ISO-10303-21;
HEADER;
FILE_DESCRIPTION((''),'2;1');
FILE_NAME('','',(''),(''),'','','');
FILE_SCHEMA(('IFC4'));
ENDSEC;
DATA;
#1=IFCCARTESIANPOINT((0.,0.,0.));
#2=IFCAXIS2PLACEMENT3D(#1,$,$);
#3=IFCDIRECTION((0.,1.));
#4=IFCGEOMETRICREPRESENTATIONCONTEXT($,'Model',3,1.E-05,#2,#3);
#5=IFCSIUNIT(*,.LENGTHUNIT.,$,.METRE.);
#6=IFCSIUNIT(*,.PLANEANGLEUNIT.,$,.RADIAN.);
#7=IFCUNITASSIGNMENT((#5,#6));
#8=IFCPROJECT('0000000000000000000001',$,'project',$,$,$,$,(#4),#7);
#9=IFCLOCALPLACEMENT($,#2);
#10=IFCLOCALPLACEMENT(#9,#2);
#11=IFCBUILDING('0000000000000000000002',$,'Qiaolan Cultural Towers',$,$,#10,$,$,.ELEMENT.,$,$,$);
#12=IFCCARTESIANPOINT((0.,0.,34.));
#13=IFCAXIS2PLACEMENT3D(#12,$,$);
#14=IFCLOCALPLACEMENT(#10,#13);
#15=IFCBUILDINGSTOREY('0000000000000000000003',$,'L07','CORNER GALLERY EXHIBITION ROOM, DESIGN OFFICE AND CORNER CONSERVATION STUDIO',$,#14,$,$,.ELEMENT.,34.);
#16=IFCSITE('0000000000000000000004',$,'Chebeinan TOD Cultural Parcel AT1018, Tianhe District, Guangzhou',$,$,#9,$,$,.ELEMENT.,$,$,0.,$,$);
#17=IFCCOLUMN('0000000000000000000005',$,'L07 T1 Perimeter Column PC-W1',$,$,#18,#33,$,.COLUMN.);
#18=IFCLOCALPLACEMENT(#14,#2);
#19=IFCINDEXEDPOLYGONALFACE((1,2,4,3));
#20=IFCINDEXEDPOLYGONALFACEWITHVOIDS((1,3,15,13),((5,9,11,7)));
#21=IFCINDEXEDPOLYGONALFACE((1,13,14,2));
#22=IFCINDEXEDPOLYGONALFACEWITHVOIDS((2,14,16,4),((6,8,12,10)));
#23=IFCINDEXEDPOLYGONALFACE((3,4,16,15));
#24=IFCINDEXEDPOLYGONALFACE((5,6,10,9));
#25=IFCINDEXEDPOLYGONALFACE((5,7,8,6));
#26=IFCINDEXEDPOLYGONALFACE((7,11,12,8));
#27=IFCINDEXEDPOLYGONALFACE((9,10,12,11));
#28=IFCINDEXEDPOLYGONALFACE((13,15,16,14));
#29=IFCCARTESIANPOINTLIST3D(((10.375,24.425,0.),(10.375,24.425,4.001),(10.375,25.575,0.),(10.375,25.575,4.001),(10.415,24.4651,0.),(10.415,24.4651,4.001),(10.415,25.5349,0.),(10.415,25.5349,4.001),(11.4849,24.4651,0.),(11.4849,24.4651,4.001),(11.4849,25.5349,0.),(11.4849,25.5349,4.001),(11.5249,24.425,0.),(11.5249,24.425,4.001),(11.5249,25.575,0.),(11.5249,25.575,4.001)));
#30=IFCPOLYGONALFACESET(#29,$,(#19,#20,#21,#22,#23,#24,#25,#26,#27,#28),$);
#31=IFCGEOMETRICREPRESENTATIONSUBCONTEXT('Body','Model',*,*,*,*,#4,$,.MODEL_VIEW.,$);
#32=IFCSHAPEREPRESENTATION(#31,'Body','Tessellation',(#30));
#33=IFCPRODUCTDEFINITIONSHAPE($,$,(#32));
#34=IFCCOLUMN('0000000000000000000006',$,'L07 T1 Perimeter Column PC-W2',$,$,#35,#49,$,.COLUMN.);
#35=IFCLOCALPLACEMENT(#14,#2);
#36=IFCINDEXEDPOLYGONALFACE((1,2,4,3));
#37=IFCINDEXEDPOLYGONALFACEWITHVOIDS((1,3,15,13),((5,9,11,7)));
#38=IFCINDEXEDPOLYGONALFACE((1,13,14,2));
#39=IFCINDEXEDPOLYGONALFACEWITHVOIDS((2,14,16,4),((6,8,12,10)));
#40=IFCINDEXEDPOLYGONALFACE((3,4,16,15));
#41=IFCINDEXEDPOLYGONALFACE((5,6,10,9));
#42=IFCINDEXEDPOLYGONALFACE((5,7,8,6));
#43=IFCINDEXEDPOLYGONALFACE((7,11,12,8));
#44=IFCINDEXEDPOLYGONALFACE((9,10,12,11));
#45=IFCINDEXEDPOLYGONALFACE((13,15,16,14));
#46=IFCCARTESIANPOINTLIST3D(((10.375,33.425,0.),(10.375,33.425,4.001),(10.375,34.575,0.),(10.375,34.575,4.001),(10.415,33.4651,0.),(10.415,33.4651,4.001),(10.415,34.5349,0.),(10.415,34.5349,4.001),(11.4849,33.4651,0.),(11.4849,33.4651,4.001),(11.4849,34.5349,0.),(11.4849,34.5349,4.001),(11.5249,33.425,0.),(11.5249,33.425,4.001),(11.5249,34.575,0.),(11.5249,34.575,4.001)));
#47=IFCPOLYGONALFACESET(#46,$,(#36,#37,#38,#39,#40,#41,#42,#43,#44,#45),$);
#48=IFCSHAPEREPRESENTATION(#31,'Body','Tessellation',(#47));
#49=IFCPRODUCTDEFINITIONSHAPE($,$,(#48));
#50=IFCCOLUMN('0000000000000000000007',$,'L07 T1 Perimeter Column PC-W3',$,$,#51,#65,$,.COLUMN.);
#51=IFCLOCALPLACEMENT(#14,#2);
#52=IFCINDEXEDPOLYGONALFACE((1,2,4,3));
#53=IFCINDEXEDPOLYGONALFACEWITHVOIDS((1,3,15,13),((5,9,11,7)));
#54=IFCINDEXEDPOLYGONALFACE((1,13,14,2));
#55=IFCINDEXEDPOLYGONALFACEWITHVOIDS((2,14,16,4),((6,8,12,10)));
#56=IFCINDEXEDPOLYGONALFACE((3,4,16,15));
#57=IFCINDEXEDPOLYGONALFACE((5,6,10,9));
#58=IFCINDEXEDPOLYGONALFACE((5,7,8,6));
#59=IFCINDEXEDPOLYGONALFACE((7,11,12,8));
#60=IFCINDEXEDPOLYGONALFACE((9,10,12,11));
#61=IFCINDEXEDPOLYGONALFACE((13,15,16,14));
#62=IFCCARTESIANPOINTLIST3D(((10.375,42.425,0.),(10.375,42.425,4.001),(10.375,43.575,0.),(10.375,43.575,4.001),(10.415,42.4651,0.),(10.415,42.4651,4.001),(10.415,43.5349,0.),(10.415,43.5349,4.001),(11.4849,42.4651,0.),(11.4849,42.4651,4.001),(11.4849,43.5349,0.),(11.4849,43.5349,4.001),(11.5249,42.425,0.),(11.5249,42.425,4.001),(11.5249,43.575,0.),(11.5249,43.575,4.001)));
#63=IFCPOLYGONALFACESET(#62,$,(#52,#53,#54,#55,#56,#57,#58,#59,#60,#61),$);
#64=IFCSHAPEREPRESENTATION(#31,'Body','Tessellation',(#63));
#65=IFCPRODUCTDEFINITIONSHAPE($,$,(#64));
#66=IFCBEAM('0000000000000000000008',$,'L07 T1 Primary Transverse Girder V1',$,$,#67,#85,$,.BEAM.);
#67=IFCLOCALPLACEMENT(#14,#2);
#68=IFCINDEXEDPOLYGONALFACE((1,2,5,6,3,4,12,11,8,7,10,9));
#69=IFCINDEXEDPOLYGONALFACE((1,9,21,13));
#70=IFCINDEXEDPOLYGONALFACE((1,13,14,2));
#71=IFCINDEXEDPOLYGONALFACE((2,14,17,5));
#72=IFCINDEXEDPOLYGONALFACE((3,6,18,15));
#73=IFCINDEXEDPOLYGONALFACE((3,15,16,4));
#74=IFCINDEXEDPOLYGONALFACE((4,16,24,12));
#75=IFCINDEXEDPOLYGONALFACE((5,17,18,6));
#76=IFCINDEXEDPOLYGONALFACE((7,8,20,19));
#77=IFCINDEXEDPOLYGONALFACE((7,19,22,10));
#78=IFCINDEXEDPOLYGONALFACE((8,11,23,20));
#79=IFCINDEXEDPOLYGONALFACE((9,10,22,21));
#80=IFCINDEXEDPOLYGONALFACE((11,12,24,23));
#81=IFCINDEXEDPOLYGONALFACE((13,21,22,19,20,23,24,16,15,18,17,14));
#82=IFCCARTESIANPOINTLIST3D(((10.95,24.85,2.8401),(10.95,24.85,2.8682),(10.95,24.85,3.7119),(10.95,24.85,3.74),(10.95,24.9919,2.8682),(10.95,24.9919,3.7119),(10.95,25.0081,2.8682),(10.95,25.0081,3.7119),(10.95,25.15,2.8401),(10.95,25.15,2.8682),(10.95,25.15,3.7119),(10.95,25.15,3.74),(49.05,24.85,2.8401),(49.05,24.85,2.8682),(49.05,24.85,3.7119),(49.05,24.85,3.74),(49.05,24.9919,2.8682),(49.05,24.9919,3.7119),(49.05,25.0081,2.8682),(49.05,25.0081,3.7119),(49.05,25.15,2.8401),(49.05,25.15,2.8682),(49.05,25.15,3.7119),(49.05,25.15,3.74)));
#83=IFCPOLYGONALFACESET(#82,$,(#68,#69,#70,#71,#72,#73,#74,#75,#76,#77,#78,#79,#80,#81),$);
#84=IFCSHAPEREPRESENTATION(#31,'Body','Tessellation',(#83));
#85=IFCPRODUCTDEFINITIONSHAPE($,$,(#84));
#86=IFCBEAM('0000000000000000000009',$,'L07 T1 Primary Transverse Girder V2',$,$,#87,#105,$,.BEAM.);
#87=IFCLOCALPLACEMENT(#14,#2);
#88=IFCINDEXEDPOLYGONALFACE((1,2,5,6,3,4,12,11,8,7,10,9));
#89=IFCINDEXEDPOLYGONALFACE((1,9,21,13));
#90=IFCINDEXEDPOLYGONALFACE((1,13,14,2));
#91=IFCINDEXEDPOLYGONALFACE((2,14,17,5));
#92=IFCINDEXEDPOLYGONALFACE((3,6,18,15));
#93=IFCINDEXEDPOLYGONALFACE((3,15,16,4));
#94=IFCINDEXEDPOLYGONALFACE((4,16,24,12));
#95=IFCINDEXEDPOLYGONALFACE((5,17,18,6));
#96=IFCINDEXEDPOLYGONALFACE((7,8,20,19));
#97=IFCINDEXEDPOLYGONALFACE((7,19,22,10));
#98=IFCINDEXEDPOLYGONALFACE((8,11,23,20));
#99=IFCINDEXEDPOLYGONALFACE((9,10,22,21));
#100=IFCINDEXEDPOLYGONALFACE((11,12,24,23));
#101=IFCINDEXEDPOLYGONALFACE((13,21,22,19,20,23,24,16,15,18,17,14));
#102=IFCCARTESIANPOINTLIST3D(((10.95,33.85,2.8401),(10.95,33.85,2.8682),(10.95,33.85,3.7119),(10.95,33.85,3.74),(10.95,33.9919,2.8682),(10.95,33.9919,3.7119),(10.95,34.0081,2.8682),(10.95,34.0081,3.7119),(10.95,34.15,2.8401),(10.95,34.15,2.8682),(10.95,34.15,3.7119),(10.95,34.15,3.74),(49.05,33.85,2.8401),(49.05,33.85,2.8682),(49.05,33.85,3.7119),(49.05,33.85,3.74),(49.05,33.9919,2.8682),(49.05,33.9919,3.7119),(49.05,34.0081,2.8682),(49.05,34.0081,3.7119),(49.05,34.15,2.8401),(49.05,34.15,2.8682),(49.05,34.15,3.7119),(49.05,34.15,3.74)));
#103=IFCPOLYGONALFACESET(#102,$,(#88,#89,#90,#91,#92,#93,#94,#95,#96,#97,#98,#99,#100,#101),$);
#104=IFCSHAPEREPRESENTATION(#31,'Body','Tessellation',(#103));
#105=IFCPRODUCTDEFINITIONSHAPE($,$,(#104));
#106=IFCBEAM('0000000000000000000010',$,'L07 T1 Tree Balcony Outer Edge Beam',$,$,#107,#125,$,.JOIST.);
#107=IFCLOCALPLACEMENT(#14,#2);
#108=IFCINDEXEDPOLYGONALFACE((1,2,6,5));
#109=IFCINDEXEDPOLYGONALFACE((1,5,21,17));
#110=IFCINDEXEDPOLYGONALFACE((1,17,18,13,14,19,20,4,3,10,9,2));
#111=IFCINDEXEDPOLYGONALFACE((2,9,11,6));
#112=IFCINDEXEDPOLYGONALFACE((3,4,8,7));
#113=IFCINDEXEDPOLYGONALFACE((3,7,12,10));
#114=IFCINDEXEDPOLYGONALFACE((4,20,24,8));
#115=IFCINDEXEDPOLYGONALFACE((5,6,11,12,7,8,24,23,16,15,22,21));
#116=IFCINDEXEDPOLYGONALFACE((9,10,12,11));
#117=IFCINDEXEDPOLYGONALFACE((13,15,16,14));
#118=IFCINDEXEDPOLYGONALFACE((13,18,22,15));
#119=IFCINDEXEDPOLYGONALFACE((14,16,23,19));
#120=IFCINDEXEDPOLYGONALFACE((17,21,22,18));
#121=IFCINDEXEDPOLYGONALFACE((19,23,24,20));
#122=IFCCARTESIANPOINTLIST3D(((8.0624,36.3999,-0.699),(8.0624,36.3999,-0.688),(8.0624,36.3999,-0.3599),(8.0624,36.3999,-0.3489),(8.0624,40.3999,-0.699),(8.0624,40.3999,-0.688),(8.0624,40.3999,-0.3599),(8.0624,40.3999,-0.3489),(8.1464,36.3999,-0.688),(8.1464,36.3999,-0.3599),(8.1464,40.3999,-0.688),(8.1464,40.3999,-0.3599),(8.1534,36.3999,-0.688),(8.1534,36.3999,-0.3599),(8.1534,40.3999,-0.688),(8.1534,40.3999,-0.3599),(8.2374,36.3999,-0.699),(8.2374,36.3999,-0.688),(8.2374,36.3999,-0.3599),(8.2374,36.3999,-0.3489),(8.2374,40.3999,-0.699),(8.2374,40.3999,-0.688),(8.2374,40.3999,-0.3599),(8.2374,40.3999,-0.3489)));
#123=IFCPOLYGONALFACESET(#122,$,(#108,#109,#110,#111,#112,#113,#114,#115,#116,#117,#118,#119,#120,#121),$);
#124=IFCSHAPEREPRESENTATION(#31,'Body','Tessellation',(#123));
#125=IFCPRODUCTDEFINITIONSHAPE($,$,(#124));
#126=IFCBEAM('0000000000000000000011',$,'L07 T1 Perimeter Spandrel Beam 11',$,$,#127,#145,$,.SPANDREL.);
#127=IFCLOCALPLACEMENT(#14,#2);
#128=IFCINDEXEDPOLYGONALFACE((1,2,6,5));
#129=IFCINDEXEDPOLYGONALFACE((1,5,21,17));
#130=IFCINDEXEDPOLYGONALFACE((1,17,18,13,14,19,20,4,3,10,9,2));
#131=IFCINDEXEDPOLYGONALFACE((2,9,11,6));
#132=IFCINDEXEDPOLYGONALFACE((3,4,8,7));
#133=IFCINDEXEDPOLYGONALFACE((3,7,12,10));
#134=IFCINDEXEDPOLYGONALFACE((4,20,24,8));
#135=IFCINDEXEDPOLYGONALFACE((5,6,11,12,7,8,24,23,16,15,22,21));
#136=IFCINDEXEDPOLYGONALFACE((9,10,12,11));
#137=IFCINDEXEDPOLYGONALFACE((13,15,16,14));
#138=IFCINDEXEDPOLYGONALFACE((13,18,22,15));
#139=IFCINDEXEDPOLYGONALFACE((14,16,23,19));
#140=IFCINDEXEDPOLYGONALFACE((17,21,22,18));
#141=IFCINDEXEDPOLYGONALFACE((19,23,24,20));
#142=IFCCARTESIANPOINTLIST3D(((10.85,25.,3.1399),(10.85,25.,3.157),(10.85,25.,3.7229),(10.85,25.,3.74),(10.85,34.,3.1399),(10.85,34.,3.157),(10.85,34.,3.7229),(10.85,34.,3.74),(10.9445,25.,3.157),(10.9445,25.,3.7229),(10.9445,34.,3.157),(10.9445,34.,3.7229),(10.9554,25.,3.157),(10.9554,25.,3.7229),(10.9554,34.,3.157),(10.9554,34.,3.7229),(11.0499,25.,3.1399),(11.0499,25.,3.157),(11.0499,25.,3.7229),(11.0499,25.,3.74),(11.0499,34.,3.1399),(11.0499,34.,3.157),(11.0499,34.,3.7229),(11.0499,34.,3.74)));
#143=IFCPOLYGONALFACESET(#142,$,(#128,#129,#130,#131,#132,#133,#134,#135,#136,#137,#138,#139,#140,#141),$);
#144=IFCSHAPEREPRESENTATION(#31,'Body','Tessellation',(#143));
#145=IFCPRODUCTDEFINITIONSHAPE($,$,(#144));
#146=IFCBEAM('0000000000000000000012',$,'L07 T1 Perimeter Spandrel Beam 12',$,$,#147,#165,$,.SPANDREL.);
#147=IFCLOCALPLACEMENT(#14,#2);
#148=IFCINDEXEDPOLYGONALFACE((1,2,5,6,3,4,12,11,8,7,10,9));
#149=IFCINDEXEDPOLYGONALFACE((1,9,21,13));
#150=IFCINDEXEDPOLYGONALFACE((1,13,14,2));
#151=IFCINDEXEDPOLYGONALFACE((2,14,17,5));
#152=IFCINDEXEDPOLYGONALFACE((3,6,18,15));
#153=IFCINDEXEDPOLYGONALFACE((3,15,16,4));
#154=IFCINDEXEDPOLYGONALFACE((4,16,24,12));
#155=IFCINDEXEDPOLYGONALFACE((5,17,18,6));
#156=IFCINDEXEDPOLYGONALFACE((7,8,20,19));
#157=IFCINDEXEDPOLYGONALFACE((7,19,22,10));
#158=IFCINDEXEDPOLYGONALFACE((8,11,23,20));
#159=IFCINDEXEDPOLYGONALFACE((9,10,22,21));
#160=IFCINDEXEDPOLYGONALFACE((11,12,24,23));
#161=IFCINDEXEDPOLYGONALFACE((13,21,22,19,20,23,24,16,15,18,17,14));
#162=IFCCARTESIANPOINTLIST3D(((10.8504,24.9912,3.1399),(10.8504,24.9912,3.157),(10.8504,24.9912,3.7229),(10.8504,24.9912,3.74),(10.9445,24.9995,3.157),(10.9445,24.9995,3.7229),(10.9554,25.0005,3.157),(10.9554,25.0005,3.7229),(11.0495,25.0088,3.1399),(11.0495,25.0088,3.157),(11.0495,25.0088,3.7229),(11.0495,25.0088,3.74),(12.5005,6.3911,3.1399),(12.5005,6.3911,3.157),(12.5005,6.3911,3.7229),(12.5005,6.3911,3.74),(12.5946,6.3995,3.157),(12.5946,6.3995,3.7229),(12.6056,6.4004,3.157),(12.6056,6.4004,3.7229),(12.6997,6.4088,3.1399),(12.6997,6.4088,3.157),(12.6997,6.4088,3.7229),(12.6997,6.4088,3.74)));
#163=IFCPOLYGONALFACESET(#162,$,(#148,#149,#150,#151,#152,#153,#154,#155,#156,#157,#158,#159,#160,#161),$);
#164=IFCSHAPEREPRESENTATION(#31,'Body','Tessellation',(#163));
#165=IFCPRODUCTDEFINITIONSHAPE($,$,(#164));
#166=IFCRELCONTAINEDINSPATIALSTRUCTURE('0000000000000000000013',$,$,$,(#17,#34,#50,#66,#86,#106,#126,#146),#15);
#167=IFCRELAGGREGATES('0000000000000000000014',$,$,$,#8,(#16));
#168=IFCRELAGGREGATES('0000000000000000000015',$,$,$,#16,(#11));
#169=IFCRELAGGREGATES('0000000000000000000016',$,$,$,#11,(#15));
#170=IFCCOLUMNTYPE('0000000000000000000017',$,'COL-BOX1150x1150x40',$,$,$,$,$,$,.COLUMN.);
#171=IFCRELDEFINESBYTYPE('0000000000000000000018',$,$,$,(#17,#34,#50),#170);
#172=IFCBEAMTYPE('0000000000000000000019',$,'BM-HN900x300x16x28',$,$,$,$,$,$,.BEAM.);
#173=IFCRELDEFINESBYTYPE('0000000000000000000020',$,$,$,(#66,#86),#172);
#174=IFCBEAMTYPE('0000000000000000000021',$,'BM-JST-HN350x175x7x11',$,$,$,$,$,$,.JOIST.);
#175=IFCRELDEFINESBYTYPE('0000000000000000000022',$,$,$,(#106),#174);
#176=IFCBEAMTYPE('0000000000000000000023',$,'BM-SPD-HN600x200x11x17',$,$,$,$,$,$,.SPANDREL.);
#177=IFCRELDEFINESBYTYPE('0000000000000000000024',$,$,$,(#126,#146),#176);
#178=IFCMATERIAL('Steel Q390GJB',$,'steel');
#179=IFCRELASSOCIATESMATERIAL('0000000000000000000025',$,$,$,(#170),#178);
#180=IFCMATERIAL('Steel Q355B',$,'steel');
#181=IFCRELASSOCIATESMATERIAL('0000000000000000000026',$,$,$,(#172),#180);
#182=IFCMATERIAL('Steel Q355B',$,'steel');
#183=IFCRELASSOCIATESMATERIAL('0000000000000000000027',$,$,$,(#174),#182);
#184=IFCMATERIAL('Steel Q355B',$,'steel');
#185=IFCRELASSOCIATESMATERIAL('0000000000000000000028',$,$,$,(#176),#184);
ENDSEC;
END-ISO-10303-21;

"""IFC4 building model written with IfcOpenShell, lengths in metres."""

from ifc_helpers import new_model, si_unit, direction, frame, origin, origin_2d, place, context, subcontext, project, spatial, hollow_rectangle, i_section, extrude, material, material_profile, profile_set, type_object, element, save


model = new_model("IFC4")

# Units and contexts
model_context = context("Model", 3, precision=1e-05, world=origin(), true_north=direction((0.0, 1.0)))
body_context = subcontext(model_context, "Body", "Model", "MODEL_VIEW")
ifc_project = project(units=[si_unit("LENGTHUNIT", "METRE"), si_unit("PLANEANGLEUNIT", "RADIAN")], contexts=[model_context])

# Site, building, storey
site_placement = place(None, origin())
site = spatial("IfcSite", under=ifc_project, at=site_placement, Name="Chebeinan TOD Cultural Parcel AT1018, Tianhe District, Guangzhou", CompositionType="ELEMENT", RefElevation=0.0)
building_placement = place(site_placement, origin())
building = spatial("IfcBuilding", under=site, at=building_placement, Name="Qiaolan Cultural Towers", CompositionType="ELEMENT")
storey_placement = place(building_placement, frame((0.0, 0.0, 34.0)))
storey = spatial("IfcBuildingStorey", under=building, at=storey_placement, Name="L07", Description="CORNER GALLERY EXHIBITION ROOM, DESIGN OFFICE AND CORNER CONSERVATION STUDIO", CompositionType="ELEMENT", Elevation=34.0)

# Columns
ifc_material_1 = material(Name="Steel Q390GJB", Category="steel")
ifc_material_profile_1 = material_profile(ifc_material_1, hollow_rectangle(XDim=1.1499, YDim=1.1499, WallThickness=0.04, at=origin_2d()), Name="BOX1150x1150x40")
ifc_profile_set_1 = profile_set([ifc_material_profile_1], Name="Steel Q390GJB")
column_type = type_object("IfcColumnType", Name="COL-BOX1150x1150x40", PredefinedType="COLUMN", material=ifc_profile_set_1)
for number, where, z_axis, x_axis, name in (
    (1, (10.95, 25.0, 0.0), (0.0, 0.0, 1.0), (1.0, 0.0, 0.0), "L07 T1 Perimeter Column PC-W1"),
    (2, (10.95, 34.0, 0.0), (0.0, 0.0, 1.0), (1.0, 0.0, 0.0), "L07 T1 Perimeter Column PC-W2"),
    (3, (10.95, 43.0, 0.0), (0.0, 0.0, 1.0), (1.0, 0.0, 0.0), "L07 T1 Perimeter Column PC-W3"),
):
    element("IfcColumn", number, at=place(storey_placement, frame(where, z_axis=z_axis, x_axis=x_axis)), inside=storey, type_object=column_type, Name=name, PredefinedType="COLUMN", context=body_context, shape_type="SweptSolid", body=[
        extrude(hollow_rectangle(XDim=1.1499, YDim=1.1499, WallThickness=0.04, at=origin_2d()), origin(), (0.0, 0.0, 1.0), 4.001),
    ])

# Beams
ifc_material_2 = material(Name="Steel Q355B", Category="steel")
ifc_material_profile_2 = material_profile(ifc_material_2, i_section(OverallWidth=0.3, OverallDepth=0.8999, WebThickness=0.0161, FlangeThickness=0.0281, at=origin_2d()), Name="HN900x300x16x28")
ifc_profile_set_2 = profile_set([ifc_material_profile_2], Name="Steel Q355B")
beam_type_1 = type_object("IfcBeamType", Name="BM-HN900x300x16x28", PredefinedType="BEAM", material=ifc_profile_set_2)
for number, where, z_axis, x_axis, name in (
    (4, (10.95, 25.0, 3.29), (1.0, 0.0, 0.0), (0.0, 1.0, 0.0), "L07 T1 Primary Transverse Girder V1"),
    (5, (10.95, 34.0, 3.29), (1.0, 0.0, 0.0), (0.0, 1.0, 0.0), "L07 T1 Primary Transverse Girder V2"),
):
    element("IfcBeam", number, at=place(storey_placement, frame(where, z_axis=z_axis, x_axis=x_axis)), inside=storey, type_object=beam_type_1, Name=name, PredefinedType="BEAM", context=body_context, shape_type="SweptSolid", body=[
        extrude(i_section(OverallWidth=0.3, OverallDepth=0.8999, WebThickness=0.0161, FlangeThickness=0.0281, at=origin_2d()), origin(), (0.0, 0.0, 1.0), 38.1001),
    ])
ifc_material_3 = material(Name="Steel Q355B", Category="steel")
ifc_material_profile_3 = material_profile(ifc_material_3, i_section(OverallWidth=0.175, OverallDepth=0.3501, WebThickness=0.0071, FlangeThickness=0.011, at=origin_2d()), Name="HN350x175x7x11")
ifc_profile_set_3 = profile_set([ifc_material_profile_3], Name="Steel Q355B")
beam_type_2 = type_object("IfcBeamType", Name="BM-JST-HN350x175x7x11", PredefinedType="JOIST", material=ifc_profile_set_3)
beam_1_placement = place(storey_placement, frame((8.1499, 36.3999, -0.5239), z_axis=(0.0, 1.0, 0.0), x_axis=(-1.0, 0.0, 0.0)))
element("IfcBeam", 6, at=beam_1_placement, inside=storey, type_object=beam_type_2, Name="L07 T1 Tree Balcony Outer Edge Beam", PredefinedType="JOIST", context=body_context, shape_type="SweptSolid", body=[
    extrude(i_section(OverallWidth=0.175, OverallDepth=0.3501, WebThickness=0.0071, FlangeThickness=0.011, at=origin_2d()), origin(), (0.0, 0.0, 1.0), 4.0),
])
ifc_material_4 = material(Name="Steel Q355B", Category="steel")
ifc_material_profile_4 = material_profile(ifc_material_4, i_section(OverallWidth=0.2, OverallDepth=0.6001, WebThickness=0.011, FlangeThickness=0.0171, at=origin_2d()), Name="HN600x200x11x17")
ifc_profile_set_4 = profile_set([ifc_material_profile_4], Name="Steel Q355B")
beam_type_3 = type_object("IfcBeamType", Name="BM-SPD-HN600x200x11x17", PredefinedType="SPANDREL", material=ifc_profile_set_4)
beam_2_placement = place(storey_placement, frame((10.95, 34.0, 3.4399), z_axis=(0.0, -1.0, 0.0), x_axis=(1.0, 0.0, 0.0)))
element("IfcBeam", 7, at=beam_2_placement, inside=storey, type_object=beam_type_3, Name="L07 T1 Perimeter Spandrel Beam 11", PredefinedType="SPANDREL", context=body_context, shape_type="SweptSolid", body=[
    extrude(i_section(OverallWidth=0.2, OverallDepth=0.6001, WebThickness=0.011, FlangeThickness=0.0171, at=origin_2d()), origin(), (0.0, 0.0, 1.0), 9.0),
])
beam_3_placement = place(storey_placement, frame((10.95, 25.0, 3.4399), z_axis=(0.08837, -0.996088, 0.0), x_axis=(0.996088, 0.08837, 0.0)))
element("IfcBeam", 8, at=beam_3_placement, inside=storey, type_object=beam_type_3, Name="L07 T1 Perimeter Spandrel Beam 12", PredefinedType="SPANDREL", context=body_context, shape_type="SweptSolid", body=[
    extrude(i_section(OverallWidth=0.2, OverallDepth=0.6001, WebThickness=0.011, FlangeThickness=0.0171, at=origin_2d()), origin(), (0.0, 0.0, 1.0), 18.6731),
])

save(model, "model.ifc")
